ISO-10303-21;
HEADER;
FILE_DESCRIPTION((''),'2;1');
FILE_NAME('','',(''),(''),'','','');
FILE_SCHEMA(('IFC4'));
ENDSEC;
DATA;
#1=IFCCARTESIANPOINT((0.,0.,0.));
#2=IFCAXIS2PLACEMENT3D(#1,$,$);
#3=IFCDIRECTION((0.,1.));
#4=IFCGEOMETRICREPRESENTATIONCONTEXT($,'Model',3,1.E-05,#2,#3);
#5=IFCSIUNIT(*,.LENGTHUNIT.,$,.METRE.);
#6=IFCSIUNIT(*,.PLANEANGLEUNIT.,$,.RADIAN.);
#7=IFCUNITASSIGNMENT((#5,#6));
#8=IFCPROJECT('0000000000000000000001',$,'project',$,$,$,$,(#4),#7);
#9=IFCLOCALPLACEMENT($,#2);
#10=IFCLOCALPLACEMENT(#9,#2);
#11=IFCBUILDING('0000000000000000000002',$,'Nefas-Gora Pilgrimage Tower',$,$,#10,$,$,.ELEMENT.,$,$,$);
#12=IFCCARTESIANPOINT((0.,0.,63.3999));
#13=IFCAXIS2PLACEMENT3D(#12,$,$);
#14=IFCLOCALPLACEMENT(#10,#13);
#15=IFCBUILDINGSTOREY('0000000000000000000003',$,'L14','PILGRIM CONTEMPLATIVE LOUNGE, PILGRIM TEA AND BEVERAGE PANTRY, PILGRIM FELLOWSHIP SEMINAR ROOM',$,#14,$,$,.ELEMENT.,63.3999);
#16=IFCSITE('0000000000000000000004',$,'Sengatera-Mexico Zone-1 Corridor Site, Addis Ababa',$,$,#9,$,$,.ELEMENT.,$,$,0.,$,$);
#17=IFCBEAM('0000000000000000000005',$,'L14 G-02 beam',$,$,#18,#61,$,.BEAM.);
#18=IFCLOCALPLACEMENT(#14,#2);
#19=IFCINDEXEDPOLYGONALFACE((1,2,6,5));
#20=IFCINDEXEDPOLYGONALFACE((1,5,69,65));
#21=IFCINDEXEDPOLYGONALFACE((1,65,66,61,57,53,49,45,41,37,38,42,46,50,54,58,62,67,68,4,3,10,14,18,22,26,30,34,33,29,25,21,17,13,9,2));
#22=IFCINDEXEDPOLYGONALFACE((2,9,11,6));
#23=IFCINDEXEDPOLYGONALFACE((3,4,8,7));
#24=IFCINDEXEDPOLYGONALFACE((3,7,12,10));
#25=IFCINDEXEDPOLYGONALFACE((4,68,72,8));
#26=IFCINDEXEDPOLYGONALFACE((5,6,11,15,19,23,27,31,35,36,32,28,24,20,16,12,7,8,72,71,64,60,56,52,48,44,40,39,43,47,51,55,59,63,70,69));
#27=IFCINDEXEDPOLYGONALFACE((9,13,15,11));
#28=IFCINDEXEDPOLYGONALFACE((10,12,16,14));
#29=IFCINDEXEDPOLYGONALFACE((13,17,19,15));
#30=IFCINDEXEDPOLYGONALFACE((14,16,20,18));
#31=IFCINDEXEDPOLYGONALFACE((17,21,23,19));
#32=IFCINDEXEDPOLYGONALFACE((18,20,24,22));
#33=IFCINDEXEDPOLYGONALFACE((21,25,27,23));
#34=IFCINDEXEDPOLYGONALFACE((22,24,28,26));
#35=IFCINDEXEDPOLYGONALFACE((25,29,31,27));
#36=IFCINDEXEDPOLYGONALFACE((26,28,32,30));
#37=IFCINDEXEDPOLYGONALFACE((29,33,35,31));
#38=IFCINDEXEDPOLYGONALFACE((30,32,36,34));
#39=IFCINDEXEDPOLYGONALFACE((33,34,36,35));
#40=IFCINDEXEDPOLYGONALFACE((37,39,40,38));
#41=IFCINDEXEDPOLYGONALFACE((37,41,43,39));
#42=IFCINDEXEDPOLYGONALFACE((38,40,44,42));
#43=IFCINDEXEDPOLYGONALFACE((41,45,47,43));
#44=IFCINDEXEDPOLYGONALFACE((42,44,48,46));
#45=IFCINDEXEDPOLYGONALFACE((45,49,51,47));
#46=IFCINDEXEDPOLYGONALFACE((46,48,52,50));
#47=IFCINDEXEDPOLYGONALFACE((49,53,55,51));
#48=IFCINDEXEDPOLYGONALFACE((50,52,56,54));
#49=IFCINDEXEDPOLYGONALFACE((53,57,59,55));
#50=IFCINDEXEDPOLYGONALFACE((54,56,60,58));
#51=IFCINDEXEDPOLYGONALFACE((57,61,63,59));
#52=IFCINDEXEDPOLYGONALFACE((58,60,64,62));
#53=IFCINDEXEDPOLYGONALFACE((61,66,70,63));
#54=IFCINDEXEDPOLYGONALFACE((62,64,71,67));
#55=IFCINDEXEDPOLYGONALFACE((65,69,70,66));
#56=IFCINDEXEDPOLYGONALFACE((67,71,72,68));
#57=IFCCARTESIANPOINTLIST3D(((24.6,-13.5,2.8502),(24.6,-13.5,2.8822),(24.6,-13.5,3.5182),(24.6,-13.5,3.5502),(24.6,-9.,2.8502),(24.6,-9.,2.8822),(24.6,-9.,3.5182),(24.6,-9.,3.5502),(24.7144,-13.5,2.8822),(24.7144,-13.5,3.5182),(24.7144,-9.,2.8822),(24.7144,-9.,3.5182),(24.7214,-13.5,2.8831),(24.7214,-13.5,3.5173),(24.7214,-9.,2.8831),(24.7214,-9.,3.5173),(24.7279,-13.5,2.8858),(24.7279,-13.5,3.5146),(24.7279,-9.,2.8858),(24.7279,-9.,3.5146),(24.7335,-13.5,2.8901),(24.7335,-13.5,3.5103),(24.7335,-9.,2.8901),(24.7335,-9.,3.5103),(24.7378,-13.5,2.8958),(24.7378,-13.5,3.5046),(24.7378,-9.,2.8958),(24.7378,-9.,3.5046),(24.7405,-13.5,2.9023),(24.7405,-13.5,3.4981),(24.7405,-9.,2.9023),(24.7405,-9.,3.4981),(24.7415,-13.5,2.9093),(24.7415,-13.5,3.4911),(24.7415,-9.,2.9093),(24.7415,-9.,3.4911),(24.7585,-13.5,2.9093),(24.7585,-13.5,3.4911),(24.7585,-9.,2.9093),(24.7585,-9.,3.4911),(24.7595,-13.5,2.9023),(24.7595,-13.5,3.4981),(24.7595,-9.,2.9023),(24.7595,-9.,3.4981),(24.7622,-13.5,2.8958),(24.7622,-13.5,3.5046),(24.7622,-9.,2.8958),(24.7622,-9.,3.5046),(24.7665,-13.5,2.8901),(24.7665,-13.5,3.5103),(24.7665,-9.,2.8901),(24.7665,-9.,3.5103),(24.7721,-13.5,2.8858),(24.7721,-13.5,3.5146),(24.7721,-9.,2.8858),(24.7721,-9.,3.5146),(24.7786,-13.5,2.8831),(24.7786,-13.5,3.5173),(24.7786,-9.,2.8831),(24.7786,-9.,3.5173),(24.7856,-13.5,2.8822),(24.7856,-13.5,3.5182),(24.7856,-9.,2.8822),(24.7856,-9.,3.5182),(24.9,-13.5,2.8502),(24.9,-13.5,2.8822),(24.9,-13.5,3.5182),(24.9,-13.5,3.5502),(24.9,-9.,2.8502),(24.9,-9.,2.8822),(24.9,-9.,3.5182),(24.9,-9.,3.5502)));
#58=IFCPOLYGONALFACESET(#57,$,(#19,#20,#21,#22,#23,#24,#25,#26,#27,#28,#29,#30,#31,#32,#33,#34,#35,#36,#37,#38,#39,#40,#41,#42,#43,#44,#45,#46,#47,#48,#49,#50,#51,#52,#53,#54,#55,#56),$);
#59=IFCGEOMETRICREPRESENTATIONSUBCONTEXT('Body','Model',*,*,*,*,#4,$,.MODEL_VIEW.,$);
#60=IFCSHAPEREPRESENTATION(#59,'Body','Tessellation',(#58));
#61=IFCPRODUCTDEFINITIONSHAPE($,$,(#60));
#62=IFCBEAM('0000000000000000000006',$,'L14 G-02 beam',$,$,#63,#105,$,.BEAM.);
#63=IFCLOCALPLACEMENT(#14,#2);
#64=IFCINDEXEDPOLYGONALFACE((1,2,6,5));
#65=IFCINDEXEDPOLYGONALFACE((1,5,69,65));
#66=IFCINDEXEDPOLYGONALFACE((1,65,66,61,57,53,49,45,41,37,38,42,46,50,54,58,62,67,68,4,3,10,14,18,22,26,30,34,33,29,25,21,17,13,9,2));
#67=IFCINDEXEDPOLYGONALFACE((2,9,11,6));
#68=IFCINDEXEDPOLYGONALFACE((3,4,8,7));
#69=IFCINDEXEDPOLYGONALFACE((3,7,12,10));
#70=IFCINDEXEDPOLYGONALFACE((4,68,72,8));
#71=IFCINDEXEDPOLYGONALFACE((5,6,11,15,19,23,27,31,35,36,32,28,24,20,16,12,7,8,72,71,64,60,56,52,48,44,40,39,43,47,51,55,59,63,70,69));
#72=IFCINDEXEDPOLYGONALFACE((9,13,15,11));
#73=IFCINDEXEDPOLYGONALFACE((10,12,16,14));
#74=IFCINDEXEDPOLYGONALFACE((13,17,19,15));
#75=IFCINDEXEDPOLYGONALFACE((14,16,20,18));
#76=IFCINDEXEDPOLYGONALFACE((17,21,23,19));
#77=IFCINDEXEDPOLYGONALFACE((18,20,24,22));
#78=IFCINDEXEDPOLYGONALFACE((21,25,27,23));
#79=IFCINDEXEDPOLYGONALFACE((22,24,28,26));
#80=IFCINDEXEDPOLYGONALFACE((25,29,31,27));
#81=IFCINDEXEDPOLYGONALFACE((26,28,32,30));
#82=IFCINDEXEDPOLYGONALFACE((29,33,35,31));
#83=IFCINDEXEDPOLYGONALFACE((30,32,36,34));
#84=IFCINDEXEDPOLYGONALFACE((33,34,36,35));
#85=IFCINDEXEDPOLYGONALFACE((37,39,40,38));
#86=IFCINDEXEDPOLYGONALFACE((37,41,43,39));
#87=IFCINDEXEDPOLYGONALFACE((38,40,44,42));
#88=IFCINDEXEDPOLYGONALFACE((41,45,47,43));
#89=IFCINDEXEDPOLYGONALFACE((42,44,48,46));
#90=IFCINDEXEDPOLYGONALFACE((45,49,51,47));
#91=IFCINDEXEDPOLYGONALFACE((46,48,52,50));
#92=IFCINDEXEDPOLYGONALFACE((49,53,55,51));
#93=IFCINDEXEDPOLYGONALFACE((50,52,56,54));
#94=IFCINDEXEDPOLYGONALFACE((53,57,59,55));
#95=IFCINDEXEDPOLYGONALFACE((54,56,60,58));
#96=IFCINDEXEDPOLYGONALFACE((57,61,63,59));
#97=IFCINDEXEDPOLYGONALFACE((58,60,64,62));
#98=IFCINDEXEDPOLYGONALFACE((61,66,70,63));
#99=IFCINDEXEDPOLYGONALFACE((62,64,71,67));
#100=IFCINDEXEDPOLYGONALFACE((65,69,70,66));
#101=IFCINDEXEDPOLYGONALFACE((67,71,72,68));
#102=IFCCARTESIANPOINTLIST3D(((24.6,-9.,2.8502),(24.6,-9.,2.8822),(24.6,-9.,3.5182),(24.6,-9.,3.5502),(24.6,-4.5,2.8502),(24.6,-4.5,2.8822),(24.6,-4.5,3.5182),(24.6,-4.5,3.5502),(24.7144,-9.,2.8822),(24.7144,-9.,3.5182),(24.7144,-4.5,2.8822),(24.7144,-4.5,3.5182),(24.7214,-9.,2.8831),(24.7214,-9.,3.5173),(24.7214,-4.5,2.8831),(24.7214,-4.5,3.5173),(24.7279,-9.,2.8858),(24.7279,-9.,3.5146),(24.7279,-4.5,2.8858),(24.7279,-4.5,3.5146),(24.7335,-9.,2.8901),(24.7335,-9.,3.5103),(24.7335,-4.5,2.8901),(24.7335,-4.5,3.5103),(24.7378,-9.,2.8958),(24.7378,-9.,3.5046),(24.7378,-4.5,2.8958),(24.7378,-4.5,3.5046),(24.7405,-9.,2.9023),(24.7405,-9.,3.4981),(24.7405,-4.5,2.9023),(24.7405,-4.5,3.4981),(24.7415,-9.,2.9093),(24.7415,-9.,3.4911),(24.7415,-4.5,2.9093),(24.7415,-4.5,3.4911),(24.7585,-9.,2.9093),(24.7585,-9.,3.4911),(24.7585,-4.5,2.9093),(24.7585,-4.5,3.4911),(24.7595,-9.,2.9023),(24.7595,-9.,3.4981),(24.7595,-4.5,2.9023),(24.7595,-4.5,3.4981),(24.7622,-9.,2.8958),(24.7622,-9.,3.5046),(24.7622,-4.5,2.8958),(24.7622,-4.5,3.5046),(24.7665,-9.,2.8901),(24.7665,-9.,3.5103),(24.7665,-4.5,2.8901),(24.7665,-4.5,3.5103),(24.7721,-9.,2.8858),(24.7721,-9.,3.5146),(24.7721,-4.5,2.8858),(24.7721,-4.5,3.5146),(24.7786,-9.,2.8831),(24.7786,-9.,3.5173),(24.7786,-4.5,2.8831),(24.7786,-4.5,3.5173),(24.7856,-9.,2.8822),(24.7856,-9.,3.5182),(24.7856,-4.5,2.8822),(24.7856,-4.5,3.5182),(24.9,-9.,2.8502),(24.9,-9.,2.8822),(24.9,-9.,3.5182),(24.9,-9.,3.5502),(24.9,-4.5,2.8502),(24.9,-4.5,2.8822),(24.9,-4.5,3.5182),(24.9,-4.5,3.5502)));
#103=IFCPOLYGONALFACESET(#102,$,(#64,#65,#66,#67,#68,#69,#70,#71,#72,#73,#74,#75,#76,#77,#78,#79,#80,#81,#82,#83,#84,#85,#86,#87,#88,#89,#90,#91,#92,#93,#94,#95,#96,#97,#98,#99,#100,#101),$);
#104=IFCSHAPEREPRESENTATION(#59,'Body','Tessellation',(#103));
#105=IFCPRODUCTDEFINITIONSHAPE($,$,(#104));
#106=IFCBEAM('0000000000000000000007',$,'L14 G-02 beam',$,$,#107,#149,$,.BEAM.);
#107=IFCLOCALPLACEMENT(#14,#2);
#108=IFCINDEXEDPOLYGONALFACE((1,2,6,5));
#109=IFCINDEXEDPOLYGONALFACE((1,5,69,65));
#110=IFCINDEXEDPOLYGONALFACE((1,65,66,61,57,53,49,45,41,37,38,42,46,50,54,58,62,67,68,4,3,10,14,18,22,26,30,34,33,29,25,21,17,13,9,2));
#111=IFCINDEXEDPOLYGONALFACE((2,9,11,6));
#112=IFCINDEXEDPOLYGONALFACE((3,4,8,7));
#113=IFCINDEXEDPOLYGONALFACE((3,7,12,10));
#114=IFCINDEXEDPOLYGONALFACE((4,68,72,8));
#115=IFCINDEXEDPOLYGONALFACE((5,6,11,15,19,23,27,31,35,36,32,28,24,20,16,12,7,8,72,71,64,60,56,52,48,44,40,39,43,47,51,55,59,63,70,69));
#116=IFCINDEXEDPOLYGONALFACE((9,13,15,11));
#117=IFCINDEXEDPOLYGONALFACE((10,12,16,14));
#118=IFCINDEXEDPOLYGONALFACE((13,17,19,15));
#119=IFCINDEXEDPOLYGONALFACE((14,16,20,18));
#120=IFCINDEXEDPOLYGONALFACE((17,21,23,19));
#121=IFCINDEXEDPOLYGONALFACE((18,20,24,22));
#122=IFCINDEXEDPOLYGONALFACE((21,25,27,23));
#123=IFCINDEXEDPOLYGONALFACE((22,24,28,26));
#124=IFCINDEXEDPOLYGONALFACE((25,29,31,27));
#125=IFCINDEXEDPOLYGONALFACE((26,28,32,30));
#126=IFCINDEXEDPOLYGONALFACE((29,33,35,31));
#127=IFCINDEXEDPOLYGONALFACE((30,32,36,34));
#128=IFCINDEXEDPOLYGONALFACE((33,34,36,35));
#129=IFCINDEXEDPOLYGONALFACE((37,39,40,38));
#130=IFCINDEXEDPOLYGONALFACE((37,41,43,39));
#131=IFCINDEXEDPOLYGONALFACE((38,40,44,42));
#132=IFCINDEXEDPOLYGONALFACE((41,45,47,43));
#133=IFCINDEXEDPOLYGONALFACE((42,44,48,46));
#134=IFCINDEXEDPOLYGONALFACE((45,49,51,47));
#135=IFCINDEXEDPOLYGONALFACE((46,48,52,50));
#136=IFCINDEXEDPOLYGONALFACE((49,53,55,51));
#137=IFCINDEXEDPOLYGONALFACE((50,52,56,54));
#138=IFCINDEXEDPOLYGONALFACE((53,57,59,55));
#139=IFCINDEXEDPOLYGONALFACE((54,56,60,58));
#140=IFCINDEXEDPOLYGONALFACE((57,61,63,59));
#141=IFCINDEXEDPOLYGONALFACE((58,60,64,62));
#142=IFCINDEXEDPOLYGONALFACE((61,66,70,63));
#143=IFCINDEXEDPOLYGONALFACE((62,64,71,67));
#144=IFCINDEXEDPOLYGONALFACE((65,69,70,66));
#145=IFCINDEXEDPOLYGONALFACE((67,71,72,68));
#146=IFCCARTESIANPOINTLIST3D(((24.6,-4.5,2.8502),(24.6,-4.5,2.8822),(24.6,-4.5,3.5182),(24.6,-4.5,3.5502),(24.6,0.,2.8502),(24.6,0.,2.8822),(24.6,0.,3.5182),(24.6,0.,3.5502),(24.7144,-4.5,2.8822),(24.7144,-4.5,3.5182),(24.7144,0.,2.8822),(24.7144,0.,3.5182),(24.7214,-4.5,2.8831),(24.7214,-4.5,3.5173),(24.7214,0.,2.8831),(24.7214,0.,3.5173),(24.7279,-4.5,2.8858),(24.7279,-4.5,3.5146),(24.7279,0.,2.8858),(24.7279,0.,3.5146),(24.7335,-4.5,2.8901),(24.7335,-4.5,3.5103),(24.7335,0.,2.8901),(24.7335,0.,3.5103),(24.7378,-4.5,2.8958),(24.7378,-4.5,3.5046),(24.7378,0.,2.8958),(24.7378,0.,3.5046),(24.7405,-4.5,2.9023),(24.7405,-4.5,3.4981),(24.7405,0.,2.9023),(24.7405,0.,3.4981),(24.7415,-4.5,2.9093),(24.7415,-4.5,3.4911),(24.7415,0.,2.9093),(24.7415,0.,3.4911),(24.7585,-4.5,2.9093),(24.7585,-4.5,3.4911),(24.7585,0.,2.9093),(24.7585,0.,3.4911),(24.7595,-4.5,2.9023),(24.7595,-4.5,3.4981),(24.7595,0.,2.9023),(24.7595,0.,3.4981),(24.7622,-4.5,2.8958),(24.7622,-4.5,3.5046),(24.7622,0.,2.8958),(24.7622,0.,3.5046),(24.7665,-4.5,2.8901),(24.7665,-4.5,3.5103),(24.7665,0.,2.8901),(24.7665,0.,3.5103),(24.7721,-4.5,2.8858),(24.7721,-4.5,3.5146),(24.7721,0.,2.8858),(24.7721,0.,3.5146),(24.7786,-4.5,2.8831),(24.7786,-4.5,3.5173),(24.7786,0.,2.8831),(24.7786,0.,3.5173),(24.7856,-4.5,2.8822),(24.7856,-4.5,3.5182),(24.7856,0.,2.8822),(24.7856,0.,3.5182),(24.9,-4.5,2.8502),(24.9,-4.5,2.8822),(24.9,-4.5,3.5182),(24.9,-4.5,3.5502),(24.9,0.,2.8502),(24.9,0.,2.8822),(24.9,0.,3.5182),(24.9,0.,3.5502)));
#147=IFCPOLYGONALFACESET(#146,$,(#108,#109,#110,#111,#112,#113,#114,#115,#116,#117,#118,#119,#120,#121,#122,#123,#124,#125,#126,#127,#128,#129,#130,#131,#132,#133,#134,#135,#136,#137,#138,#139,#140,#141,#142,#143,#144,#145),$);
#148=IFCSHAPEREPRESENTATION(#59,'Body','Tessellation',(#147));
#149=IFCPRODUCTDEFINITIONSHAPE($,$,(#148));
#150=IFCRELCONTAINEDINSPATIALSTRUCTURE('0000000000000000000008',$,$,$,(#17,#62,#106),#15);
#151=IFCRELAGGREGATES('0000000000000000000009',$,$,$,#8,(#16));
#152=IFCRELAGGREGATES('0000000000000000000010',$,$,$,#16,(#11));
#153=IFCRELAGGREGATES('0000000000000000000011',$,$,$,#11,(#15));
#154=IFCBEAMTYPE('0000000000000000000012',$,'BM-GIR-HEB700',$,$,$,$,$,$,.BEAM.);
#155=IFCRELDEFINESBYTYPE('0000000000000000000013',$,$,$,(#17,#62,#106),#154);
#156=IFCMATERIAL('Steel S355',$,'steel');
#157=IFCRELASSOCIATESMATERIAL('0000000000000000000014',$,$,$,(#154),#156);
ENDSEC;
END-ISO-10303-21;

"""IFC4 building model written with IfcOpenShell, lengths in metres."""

from ifc_helpers import new_model, si_unit, direction, frame, origin, origin_2d, place, context, subcontext, project, spatial, i_section, extrude, source, transform, mapped, material, material_profile, profile_set, type_object, element, save


model = new_model("IFC4")

# Units and contexts
model_context = context("Model", 3, precision=1e-05, world=origin(), true_north=direction((0.0, 1.0)))
body_context = subcontext(model_context, "Body", "Model", "MODEL_VIEW")
ifc_project = project(units=[si_unit("LENGTHUNIT", "METRE"), si_unit("PLANEANGLEUNIT", "RADIAN")], contexts=[model_context])

# Site, building, storey
site_placement = place(None, origin())
site = spatial("IfcSite", under=ifc_project, at=site_placement, Name="Sengatera-Mexico Zone-1 Corridor Site, Addis Ababa", CompositionType="ELEMENT", RefElevation=0.0)
building_placement = place(site_placement, origin())
building = spatial("IfcBuilding", under=site, at=building_placement, Name="Nefas-Gora Pilgrimage Tower", CompositionType="ELEMENT")
storey_placement = place(building_placement, frame((0.0, 0.0, 63.3999)))
storey = spatial("IfcBuildingStorey", under=building, at=storey_placement, Name="L14", Description="PILGRIM CONTEMPLATIVE LOUNGE, PILGRIM TEA AND BEVERAGE PANTRY, PILGRIM FELLOWSHIP SEMINAR ROOM", CompositionType="ELEMENT", Elevation=63.3999)

# Beams
ifc_material_1 = material(Name="Steel S355", Category="steel")
ifc_material_profile_1 = material_profile(ifc_material_1, i_section(OverallWidth=0.3, OverallDepth=0.7, WebThickness=0.0171, FlangeThickness=0.032, FilletRadius=0.0271, at=origin_2d()), Name="HEB 700")
ifc_profile_set_1 = profile_set([ifc_material_profile_1], Name="Steel S355")
beam_type_1 = type_object("IfcBeamType", Name="BM-GIR-HEB700", PredefinedType="BEAM", material=ifc_profile_set_1)
shared_shape_1 = source(origin(), body_context, "Body", "SweptSolid", [
    extrude(i_section(OverallWidth=0.3, OverallDepth=0.7, WebThickness=0.0171, FlangeThickness=0.032, FilletRadius=0.0271, at=origin_2d()), origin(), (0.0, 0.0, 1.0), 4.5),
])
for number, where, z_axis, x_axis, name in (
    (1, (24.75, -13.5, 3.2002), (0.0, 1.0, 0.0), (-1.0, 0.0, 0.0), "L14 G-02 beam"),
    (2, (24.75, -9.0, 3.2002), (0.0, 1.0, 0.0), (-1.0, 0.0, 0.0), "L14 G-02 beam"),
    (3, (24.75, -4.5, 3.2002), (0.0, 1.0, 0.0), (-1.0, 0.0, 0.0), "L14 G-02 beam"),
):
    element("IfcBeam", number, at=place(storey_placement, frame(where, z_axis=z_axis, x_axis=x_axis)), inside=storey, type_object=beam_type_1, Name=name, PredefinedType="BEAM", context=body_context, shape_type="MappedRepresentation", body=[
        mapped(shared_shape_1, transform((0.0, 0.0, 0.0), x_axis=(1.0, 0.0, 0.0), y_axis=(0.0, 1.0, 0.0), z_axis=(0.0, 0.0, 1.0), scale=1.0)),
    ])

save(model, "model.ifc")
